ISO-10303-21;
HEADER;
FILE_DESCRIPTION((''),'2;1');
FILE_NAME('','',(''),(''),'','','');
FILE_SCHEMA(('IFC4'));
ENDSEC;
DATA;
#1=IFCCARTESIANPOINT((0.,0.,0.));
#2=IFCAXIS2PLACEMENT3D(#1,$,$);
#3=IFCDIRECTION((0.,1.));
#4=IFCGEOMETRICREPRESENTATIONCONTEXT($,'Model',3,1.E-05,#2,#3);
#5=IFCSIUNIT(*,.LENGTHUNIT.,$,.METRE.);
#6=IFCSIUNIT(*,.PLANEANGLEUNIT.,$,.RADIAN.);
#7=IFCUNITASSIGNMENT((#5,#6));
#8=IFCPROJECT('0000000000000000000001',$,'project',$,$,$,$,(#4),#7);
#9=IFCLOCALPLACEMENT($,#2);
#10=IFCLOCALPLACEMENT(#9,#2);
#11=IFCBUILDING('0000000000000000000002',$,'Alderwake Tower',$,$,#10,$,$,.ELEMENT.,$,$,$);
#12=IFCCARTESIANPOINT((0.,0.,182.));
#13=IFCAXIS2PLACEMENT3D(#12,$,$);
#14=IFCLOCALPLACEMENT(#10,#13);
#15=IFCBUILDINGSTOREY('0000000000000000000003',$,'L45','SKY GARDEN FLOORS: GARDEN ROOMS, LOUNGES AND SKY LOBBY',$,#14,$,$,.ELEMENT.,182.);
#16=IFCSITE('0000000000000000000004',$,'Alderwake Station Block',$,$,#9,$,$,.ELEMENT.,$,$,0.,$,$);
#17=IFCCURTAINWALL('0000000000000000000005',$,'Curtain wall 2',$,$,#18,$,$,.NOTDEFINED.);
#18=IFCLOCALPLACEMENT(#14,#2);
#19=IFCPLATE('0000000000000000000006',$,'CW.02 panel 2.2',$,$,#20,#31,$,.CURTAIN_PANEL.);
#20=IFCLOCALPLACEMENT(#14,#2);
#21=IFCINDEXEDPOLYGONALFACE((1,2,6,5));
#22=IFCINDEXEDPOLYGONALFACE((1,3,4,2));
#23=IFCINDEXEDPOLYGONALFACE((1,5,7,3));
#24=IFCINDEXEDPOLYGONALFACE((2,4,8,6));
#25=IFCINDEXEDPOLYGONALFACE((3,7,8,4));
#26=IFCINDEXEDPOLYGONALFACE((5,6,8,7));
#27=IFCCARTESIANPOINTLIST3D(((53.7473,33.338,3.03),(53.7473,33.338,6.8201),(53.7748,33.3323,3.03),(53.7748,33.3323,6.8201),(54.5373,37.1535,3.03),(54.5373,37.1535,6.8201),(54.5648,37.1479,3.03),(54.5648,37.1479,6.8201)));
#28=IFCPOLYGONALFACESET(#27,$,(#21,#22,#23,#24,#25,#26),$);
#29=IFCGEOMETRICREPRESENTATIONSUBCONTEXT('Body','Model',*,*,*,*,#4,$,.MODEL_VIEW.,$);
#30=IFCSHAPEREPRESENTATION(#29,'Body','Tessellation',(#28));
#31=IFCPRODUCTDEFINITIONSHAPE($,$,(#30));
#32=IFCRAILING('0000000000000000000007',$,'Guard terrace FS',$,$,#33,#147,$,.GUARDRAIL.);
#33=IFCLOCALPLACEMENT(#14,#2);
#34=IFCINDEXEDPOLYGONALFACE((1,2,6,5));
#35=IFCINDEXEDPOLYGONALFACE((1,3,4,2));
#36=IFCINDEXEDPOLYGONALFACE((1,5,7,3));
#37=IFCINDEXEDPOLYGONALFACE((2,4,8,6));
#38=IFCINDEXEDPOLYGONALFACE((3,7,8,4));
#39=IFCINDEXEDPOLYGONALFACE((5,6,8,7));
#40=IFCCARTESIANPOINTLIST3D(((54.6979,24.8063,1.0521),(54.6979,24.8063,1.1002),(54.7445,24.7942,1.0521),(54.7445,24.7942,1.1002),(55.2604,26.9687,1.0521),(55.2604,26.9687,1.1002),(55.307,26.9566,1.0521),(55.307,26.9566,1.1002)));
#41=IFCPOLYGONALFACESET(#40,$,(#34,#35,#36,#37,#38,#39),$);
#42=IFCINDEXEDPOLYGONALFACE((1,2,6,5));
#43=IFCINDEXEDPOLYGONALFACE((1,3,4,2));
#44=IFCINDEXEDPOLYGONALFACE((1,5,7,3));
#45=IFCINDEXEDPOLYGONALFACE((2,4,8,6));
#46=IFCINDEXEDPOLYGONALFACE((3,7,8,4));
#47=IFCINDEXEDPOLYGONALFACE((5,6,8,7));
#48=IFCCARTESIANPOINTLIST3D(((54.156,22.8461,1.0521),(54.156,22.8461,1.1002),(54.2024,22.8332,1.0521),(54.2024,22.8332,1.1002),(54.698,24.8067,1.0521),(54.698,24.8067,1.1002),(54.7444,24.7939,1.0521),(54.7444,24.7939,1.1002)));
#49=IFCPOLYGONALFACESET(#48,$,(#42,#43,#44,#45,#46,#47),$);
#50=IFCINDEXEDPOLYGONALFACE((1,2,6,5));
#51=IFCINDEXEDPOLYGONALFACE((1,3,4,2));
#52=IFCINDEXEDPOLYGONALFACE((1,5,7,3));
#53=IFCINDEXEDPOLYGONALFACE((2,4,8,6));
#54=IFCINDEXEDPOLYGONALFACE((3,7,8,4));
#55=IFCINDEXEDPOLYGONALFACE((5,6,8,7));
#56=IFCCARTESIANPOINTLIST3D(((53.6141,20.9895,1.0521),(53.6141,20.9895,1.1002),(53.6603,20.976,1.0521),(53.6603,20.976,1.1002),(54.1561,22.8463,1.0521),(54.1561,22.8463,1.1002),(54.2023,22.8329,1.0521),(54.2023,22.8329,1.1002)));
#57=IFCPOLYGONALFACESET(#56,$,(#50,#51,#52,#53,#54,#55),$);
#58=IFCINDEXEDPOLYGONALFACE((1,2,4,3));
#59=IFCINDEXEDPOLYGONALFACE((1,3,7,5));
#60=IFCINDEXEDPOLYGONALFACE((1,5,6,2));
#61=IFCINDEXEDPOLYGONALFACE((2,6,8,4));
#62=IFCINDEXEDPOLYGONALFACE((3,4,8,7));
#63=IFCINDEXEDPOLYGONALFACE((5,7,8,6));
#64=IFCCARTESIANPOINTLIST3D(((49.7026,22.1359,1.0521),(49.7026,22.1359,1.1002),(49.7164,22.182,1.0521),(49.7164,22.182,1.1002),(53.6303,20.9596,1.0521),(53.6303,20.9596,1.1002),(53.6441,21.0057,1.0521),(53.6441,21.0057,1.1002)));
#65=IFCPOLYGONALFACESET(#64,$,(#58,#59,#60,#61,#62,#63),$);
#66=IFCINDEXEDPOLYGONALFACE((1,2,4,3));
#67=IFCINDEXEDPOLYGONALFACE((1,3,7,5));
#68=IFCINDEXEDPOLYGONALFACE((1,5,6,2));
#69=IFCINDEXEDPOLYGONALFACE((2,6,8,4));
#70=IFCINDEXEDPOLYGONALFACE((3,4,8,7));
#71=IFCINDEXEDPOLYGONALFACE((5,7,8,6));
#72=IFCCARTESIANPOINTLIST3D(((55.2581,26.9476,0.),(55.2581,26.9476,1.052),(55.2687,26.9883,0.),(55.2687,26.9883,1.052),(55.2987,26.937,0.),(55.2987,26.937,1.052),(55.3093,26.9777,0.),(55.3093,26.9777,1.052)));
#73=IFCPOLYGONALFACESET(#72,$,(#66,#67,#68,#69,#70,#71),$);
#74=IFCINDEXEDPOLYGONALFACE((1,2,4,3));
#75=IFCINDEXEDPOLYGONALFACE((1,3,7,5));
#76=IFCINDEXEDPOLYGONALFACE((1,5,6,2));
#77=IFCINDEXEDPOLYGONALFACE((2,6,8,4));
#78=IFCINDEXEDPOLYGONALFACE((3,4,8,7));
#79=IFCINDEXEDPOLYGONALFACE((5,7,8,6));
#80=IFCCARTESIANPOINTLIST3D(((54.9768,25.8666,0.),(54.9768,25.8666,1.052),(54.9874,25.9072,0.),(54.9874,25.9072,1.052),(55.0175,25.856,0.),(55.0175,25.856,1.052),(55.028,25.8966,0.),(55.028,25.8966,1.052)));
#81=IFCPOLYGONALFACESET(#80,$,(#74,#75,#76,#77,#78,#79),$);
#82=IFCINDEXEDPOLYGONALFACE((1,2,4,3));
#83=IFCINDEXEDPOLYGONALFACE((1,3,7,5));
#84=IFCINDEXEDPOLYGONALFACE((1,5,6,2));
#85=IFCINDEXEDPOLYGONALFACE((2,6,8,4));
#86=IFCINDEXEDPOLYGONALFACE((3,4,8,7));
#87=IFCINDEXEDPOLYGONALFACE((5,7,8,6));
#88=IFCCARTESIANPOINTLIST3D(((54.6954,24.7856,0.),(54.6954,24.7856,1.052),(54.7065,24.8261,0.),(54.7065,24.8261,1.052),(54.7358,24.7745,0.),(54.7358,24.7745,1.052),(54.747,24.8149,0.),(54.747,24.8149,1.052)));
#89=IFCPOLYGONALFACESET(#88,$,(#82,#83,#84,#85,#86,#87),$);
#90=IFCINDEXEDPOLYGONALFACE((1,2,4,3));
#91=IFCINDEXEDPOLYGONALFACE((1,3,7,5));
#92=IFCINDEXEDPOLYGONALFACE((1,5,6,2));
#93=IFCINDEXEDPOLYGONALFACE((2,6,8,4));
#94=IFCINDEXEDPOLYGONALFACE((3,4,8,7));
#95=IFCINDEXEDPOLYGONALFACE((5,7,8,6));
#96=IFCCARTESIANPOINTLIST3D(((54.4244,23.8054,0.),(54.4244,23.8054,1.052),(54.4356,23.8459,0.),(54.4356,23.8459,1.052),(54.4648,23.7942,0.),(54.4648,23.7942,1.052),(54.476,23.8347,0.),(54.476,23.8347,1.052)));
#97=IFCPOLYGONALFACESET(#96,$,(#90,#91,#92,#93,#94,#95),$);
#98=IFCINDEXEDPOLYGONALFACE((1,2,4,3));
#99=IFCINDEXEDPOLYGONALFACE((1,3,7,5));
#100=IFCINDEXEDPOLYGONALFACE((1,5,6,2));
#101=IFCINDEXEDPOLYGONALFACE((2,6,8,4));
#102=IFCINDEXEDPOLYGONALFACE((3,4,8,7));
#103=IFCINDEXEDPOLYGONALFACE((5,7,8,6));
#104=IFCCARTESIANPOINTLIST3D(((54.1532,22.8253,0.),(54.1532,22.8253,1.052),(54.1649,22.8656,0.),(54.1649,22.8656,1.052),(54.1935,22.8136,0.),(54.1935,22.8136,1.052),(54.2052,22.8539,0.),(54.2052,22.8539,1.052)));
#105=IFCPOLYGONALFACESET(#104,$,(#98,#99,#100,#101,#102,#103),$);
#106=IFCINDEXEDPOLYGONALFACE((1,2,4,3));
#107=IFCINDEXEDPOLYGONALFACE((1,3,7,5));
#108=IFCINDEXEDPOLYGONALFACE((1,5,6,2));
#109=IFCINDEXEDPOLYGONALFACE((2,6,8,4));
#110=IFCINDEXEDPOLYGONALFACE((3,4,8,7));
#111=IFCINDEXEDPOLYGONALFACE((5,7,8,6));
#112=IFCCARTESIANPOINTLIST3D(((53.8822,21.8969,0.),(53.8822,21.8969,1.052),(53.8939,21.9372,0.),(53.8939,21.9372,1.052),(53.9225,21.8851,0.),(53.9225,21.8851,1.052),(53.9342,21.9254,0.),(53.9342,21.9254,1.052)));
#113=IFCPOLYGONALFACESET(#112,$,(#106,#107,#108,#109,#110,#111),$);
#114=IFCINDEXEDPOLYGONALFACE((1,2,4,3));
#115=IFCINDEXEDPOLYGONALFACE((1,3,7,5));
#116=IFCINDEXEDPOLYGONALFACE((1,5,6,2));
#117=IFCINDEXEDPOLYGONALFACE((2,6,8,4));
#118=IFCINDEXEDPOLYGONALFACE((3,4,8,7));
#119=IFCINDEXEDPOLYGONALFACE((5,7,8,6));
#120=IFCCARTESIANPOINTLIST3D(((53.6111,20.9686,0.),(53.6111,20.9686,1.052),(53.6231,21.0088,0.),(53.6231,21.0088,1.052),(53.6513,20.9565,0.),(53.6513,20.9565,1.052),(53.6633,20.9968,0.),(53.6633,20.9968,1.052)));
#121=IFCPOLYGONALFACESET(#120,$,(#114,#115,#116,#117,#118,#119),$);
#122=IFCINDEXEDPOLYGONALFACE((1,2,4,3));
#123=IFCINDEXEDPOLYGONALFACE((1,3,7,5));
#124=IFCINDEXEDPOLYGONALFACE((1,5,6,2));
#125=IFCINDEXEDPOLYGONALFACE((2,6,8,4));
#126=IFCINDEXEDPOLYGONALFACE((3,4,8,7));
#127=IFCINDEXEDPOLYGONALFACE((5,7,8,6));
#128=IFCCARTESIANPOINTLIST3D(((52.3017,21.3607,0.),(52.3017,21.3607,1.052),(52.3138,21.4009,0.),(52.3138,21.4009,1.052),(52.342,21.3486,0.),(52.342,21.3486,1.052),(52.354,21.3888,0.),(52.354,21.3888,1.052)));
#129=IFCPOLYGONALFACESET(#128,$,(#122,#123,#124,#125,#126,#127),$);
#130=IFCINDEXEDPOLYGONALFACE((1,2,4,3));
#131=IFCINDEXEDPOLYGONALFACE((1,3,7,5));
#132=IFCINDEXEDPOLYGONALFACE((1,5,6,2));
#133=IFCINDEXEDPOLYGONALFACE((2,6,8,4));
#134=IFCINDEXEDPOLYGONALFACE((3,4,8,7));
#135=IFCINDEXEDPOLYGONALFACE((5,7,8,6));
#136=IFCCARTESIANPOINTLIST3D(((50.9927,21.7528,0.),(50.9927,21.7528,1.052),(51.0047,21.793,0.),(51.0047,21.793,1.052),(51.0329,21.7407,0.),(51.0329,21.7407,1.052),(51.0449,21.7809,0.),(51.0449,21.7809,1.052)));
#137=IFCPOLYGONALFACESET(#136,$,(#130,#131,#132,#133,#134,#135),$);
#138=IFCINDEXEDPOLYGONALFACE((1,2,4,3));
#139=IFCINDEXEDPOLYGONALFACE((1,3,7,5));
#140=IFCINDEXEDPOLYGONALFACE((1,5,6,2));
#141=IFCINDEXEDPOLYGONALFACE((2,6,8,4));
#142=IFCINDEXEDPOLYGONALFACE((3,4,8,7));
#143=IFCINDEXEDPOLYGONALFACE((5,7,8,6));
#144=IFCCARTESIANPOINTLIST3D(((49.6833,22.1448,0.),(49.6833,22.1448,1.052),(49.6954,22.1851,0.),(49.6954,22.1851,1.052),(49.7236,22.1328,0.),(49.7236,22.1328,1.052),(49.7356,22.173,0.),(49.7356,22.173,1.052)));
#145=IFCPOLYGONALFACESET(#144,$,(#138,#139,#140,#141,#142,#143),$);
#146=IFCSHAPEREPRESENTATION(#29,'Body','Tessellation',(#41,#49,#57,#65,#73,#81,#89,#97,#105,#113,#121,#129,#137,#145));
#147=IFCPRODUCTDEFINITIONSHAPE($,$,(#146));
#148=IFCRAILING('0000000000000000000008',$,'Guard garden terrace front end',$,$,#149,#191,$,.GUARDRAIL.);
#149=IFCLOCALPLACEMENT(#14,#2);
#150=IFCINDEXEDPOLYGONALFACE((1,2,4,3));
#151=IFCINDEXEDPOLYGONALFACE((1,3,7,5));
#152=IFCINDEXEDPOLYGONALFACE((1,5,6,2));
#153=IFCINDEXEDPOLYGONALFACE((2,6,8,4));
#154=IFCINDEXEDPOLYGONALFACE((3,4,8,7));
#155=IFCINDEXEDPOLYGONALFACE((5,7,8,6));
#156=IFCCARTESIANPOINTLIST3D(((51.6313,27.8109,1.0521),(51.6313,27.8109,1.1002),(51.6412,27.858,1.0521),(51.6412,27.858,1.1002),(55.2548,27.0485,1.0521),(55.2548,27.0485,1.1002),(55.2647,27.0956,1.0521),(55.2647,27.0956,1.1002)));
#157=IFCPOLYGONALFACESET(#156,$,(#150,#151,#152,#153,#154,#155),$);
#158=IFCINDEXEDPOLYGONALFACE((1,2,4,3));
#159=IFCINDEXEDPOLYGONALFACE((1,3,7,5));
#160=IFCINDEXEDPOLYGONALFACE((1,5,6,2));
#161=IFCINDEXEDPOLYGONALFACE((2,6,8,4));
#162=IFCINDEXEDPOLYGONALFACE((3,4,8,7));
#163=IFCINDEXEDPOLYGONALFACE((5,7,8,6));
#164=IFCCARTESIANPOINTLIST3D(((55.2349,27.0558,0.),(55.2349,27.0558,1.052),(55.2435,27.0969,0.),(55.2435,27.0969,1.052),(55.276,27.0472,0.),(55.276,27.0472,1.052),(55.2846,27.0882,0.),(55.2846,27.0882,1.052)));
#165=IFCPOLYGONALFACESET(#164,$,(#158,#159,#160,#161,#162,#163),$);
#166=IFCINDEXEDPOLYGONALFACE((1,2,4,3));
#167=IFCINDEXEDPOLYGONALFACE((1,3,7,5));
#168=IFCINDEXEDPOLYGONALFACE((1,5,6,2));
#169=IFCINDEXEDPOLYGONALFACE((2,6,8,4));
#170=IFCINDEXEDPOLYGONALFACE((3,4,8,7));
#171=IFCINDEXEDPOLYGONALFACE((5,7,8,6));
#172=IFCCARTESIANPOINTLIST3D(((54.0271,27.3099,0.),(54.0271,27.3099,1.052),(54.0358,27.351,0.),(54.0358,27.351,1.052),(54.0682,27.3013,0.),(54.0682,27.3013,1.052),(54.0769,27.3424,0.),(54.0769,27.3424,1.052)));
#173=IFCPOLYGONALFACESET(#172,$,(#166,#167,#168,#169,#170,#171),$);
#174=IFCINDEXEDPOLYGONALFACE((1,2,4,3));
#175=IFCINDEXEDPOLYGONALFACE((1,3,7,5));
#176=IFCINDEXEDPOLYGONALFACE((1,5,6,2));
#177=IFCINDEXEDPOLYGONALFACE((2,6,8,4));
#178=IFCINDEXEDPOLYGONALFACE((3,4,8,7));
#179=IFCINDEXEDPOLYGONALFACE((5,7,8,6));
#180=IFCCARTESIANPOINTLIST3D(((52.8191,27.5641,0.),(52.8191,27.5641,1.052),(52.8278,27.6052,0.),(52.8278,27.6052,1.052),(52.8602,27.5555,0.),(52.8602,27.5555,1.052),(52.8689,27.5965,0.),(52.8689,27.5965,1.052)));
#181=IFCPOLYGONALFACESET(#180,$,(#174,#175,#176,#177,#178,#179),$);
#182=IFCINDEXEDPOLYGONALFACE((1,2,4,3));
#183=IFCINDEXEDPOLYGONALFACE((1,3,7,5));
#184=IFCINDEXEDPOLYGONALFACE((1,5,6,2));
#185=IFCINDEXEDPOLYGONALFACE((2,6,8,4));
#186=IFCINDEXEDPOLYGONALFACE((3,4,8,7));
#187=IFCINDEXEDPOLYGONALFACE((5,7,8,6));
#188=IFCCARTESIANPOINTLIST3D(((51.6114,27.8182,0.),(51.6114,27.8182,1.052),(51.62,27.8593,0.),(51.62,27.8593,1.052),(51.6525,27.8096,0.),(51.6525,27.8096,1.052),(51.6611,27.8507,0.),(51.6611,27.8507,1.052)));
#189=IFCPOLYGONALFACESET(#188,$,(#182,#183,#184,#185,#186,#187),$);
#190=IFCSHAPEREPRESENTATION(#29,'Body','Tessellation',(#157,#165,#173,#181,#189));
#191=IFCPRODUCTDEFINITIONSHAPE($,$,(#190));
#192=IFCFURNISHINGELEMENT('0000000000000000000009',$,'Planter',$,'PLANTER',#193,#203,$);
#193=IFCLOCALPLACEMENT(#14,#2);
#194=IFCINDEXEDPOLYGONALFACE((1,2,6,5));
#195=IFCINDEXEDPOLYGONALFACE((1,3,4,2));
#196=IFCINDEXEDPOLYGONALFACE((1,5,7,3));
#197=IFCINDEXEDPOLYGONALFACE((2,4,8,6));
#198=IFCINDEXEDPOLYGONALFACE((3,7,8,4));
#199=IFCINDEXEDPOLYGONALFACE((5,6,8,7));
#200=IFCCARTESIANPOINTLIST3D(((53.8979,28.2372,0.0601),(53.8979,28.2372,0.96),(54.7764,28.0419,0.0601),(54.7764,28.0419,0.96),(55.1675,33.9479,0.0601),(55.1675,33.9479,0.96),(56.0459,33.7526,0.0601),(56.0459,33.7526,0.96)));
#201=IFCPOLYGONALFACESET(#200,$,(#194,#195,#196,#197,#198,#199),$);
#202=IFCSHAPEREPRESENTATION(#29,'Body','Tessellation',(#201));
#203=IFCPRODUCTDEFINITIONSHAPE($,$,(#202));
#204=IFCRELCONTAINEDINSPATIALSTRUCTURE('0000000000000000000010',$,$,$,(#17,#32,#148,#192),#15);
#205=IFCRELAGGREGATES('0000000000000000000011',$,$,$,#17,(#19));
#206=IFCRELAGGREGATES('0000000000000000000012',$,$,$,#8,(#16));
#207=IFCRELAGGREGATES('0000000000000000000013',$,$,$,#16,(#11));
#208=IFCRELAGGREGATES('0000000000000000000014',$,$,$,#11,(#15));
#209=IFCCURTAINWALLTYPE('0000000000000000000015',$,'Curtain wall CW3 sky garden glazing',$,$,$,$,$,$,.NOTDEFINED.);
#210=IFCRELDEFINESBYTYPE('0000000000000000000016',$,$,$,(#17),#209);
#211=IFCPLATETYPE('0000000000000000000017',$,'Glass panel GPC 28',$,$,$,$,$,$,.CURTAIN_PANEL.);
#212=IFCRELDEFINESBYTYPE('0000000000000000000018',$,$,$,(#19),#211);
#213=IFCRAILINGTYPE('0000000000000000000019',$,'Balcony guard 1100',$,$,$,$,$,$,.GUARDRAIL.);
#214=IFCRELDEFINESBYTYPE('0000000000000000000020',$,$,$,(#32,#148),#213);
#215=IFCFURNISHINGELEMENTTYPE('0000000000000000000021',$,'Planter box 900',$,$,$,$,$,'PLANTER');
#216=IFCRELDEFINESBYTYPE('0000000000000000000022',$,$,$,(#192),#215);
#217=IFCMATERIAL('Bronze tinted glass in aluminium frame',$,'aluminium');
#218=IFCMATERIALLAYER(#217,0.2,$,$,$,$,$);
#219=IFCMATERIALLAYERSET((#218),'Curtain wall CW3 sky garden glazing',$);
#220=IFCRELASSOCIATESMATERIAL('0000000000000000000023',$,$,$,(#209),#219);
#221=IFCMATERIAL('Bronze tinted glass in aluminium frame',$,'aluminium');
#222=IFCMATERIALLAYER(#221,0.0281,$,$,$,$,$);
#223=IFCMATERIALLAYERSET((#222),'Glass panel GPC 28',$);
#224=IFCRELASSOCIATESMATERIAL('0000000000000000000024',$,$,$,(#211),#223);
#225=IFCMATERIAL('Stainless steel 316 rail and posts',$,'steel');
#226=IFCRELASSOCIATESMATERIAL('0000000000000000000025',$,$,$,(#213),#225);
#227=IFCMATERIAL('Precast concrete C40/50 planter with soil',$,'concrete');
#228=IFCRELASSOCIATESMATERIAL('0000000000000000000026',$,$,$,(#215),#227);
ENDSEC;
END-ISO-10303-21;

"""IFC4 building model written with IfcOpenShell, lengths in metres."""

from ifc_helpers import new_model, si_unit, direction, frame, origin, origin_2d, place, context, subcontext, project, spatial, rectangle, extrude, material, layer, layer_set, type_object, element, aggregate, save


model = new_model("IFC4")

# Units and contexts
model_context = context("Model", 3, precision=1e-05, world=origin(), true_north=direction((0.0, 1.0)))
body_context = subcontext(model_context, "Body", "Model", "MODEL_VIEW")
ifc_project = project(units=[si_unit("LENGTHUNIT", "METRE"), si_unit("PLANEANGLEUNIT", "RADIAN")], contexts=[model_context])

# Site, building, storey
site_placement = place(None, origin())
site = spatial("IfcSite", under=ifc_project, at=site_placement, Name="Alderwake Station Block", CompositionType="ELEMENT", RefElevation=0.0)
building_placement = place(site_placement, origin())
building = spatial("IfcBuilding", under=site, at=building_placement, Name="Alderwake Tower", CompositionType="ELEMENT")
storey_placement = place(building_placement, frame((0.0, 0.0, 182.0)))
storey = spatial("IfcBuildingStorey", under=building, at=storey_placement, Name="L45", Description="SKY GARDEN FLOORS: GARDEN ROOMS, LOUNGES AND SKY LOBBY", CompositionType="ELEMENT", Elevation=182.0)

# Curtain wall, plate
ifc_material_1 = material(Name="Bronze tinted glass in aluminium frame", Category="aluminium")
ifc_layer_1 = layer(ifc_material_1, 0.2)
ifc_layer_set_1 = layer_set([ifc_layer_1], Name="Curtain wall CW3 sky garden glazing")
curtain_wall_type = type_object("IfcCurtainWallType", Name="Curtain wall CW3 sky garden glazing", PredefinedType="NOTDEFINED", material=ifc_layer_set_1)
curtain_wall_placement = place(storey_placement, origin())
curtain_wall = element("IfcCurtainWall", 1, at=curtain_wall_placement, inside=storey, type_object=curtain_wall_type, Name="Curtain wall 2", PredefinedType="NOTDEFINED")
ifc_material_2 = material(Name="Bronze tinted glass in aluminium frame", Category="aluminium")
ifc_layer_2 = layer(ifc_material_2, 0.0281)
ifc_layer_set_2 = layer_set([ifc_layer_2], Name="Glass panel GPC 28")
plate_type = type_object("IfcPlateType", Name="Glass panel GPC 28", PredefinedType="CURTAIN_PANEL", material=ifc_layer_set_2)
plate_1_placement = place(storey_placement, frame((54.156, 35.2429, 3.03), z_axis=(0.0, 0.0, 1.0), x_axis=(0.202747, 0.979231, 0.0)))
plate_1 = element("IfcPlate", 2, at=plate_1_placement, type_object=plate_type, Name="CW.02 panel 2.2", PredefinedType="CURTAIN_PANEL", context=body_context, shape_type="SweptSolid", body=[
    extrude(rectangle(XDim=3.8965, YDim=0.0281, at=origin_2d()), origin(), (0.0, 0.0, 1.0), 3.79),
])
aggregate(curtain_wall, [plate_1])

# Railings
ifc_material_3 = material(Name="Stainless steel 316 rail and posts", Category="steel")
railing_type = type_object("IfcRailingType", Name="Balcony guard 1100", PredefinedType="GUARDRAIL", material=ifc_material_3)
railing_1_placement = place(storey_placement, frame((55.2837, 26.9626, 0.0)))
element("IfcRailing", 3, at=railing_1_placement, inside=storey, type_object=railing_type, Name="Guard terrace FS", PredefinedType="GUARDRAIL", context=body_context, shape_type="SweptSolid", body=[
    extrude(rectangle(XDim=0.0481, YDim=0.0481, at=origin_2d()), frame((0.0, 0.0, 1.0762), z_axis=(-0.251755, -0.967791, 0.0), x_axis=(0.967791, -0.251755, 0.0)), (0.0, 0.0, 1.0), 2.2344),
    extrude(rectangle(XDim=0.0481, YDim=0.0481, at=origin_2d()), frame((-0.5625, -2.1624, 1.0762), z_axis=(-0.266437, -0.963852, 0.0), x_axis=(0.963852, -0.266437, 0.0)), (0.0, 0.0, 1.0), 2.0342),
    extrude(rectangle(XDim=0.0481, YDim=0.0481, at=origin_2d()), frame((-1.1045, -4.123, 1.0762), z_axis=(-0.280184, -0.959946, 0.0), x_axis=(0.959946, -0.280184, 0.0)), (0.0, 0.0, 1.0), 1.9343),
    extrude(rectangle(XDim=0.0481, YDim=0.0481, at=origin_2d()), frame((-1.6465, -5.98, 1.0762), z_axis=(-0.957964, 0.286889, 0.0), x_axis=(-0.286889, -0.957964, 0.0)), (0.0, 0.0, 1.0), 4.1001),
    extrude(rectangle(XDim=0.042, YDim=0.042, at=origin_2d()), frame((0.0, 0.0, 0.0), z_axis=(0.0, 0.0, 1.0), x_axis=(-0.251755, -0.967791, 0.0)), (0.0, 0.0, 1.0), 1.052),
    extrude(rectangle(XDim=0.042, YDim=0.042, at=origin_2d()), frame((-0.2812, -1.0811, 0.0), z_axis=(0.0, 0.0, 1.0), x_axis=(-0.251755, -0.967791, 0.0)), (0.0, 0.0, 1.0), 1.052),
    extrude(rectangle(XDim=0.042, YDim=0.042, at=origin_2d()), frame((-0.5625, -2.1624, 0.0), z_axis=(0.0, 0.0, 1.0), x_axis=(-0.266437, -0.963852, 0.0)), (0.0, 0.0, 1.0), 1.052),
    extrude(rectangle(XDim=0.042, YDim=0.042, at=origin_2d()), frame((-0.8335, -3.1426, 0.0), z_axis=(0.0, 0.0, 1.0), x_axis=(-0.266437, -0.963852, 0.0)), (0.0, 0.0, 1.0), 1.052),
    extrude(rectangle(XDim=0.042, YDim=0.042, at=origin_2d()), frame((-1.1045, -4.123, 0.0), z_axis=(0.0, 0.0, 1.0), x_axis=(-0.280184, -0.959946, 0.0)), (0.0, 0.0, 1.0), 1.052),
    extrude(rectangle(XDim=0.042, YDim=0.042, at=origin_2d()), frame((-1.3755, -5.0515, 0.0), z_axis=(0.0, 0.0, 1.0), x_axis=(-0.280184, -0.959946, 0.0)), (0.0, 0.0, 1.0), 1.052),
    extrude(rectangle(XDim=0.042, YDim=0.042, at=origin_2d()), frame((-1.6465, -5.98, 0.0), z_axis=(0.0, 0.0, 1.0), x_axis=(-0.957964, 0.286889, 0.0)), (0.0, 0.0, 1.0), 1.052),
    extrude(rectangle(XDim=0.042, YDim=0.042, at=origin_2d()), frame((-2.9558, -5.5879, 0.0), z_axis=(0.0, 0.0, 1.0), x_axis=(-0.957964, 0.286889, 0.0)), (0.0, 0.0, 1.0), 1.052),
    extrude(rectangle(XDim=0.042, YDim=0.042, at=origin_2d()), frame((-4.2649, -5.1958, 0.0), z_axis=(0.0, 0.0, 1.0), x_axis=(-0.957964, 0.286889, 0.0)), (0.0, 0.0, 1.0), 1.052),
    extrude(rectangle(XDim=0.042, YDim=0.042, at=origin_2d()), frame((-5.5742, -4.8037, 0.0), z_axis=(0.0, 0.0, 1.0), x_axis=(-0.957964, 0.286889, 0.0)), (0.0, 0.0, 1.0), 1.052),
])
railing_2_placement = place(storey_placement, frame((55.2598, 27.072, 0.0)))
element("IfcRailing", 4, at=railing_2_placement, inside=storey, type_object=railing_type, Name="Guard garden terrace front end", PredefinedType="GUARDRAIL", context=body_context, shape_type="SweptSolid", body=[
    extrude(rectangle(XDim=0.0481, YDim=0.0481, at=origin_2d()), frame((0.0, 0.0, 1.0762), z_axis=(-0.978571, 0.205907, 0.0), x_axis=(-0.205907, -0.978571, 0.0)), (0.0, 0.0, 1.0), 3.7029),
    extrude(rectangle(XDim=0.042, YDim=0.042, at=origin_2d()), frame((0.0, 0.0, 0.0), z_axis=(0.0, 0.0, 1.0), x_axis=(-0.978571, 0.205907, 0.0)), (0.0, 0.0, 1.0), 1.052),
    extrude(rectangle(XDim=0.042, YDim=0.042, at=origin_2d()), frame((-1.2078, 0.2542, 0.0), z_axis=(0.0, 0.0, 1.0), x_axis=(-0.978571, 0.205907, 0.0)), (0.0, 0.0, 1.0), 1.052),
    extrude(rectangle(XDim=0.042, YDim=0.042, at=origin_2d()), frame((-2.4158, 0.5083, 0.0), z_axis=(0.0, 0.0, 1.0), x_axis=(-0.978571, 0.205907, 0.0)), (0.0, 0.0, 1.0), 1.052),
    extrude(rectangle(XDim=0.042, YDim=0.042, at=origin_2d()), frame((-3.6235, 0.7625, 0.0), z_axis=(0.0, 0.0, 1.0), x_axis=(-0.978571, 0.205907, 0.0)), (0.0, 0.0, 1.0), 1.052),
])

# Furnishing element
ifc_material_4 = material(Name="Precast concrete C40/50 planter with soil", Category="concrete")
furnishing_element_type = type_object("IfcFurnishingElementType", Name="Planter box 900", ElementType="PLANTER", material=ifc_material_4)
furnishing_placement = place(storey_placement, frame((54.9719, 30.9949, 0.0601), z_axis=(0.0, 0.0, 1.0), x_axis=(0.976169, -0.21701, 0.0)))
element("IfcFurnishingElement", 5, at=furnishing_placement, inside=storey, type_object=furnishing_element_type, Name="Planter", ObjectType="PLANTER", context=body_context, shape_type="SweptSolid", body=[
    extrude(rectangle(XDim=0.8999, YDim=5.8501, at=origin_2d()), origin(), (0.0, 0.0, 1.0), 0.8999),
])

save(model, "model.ifc")
